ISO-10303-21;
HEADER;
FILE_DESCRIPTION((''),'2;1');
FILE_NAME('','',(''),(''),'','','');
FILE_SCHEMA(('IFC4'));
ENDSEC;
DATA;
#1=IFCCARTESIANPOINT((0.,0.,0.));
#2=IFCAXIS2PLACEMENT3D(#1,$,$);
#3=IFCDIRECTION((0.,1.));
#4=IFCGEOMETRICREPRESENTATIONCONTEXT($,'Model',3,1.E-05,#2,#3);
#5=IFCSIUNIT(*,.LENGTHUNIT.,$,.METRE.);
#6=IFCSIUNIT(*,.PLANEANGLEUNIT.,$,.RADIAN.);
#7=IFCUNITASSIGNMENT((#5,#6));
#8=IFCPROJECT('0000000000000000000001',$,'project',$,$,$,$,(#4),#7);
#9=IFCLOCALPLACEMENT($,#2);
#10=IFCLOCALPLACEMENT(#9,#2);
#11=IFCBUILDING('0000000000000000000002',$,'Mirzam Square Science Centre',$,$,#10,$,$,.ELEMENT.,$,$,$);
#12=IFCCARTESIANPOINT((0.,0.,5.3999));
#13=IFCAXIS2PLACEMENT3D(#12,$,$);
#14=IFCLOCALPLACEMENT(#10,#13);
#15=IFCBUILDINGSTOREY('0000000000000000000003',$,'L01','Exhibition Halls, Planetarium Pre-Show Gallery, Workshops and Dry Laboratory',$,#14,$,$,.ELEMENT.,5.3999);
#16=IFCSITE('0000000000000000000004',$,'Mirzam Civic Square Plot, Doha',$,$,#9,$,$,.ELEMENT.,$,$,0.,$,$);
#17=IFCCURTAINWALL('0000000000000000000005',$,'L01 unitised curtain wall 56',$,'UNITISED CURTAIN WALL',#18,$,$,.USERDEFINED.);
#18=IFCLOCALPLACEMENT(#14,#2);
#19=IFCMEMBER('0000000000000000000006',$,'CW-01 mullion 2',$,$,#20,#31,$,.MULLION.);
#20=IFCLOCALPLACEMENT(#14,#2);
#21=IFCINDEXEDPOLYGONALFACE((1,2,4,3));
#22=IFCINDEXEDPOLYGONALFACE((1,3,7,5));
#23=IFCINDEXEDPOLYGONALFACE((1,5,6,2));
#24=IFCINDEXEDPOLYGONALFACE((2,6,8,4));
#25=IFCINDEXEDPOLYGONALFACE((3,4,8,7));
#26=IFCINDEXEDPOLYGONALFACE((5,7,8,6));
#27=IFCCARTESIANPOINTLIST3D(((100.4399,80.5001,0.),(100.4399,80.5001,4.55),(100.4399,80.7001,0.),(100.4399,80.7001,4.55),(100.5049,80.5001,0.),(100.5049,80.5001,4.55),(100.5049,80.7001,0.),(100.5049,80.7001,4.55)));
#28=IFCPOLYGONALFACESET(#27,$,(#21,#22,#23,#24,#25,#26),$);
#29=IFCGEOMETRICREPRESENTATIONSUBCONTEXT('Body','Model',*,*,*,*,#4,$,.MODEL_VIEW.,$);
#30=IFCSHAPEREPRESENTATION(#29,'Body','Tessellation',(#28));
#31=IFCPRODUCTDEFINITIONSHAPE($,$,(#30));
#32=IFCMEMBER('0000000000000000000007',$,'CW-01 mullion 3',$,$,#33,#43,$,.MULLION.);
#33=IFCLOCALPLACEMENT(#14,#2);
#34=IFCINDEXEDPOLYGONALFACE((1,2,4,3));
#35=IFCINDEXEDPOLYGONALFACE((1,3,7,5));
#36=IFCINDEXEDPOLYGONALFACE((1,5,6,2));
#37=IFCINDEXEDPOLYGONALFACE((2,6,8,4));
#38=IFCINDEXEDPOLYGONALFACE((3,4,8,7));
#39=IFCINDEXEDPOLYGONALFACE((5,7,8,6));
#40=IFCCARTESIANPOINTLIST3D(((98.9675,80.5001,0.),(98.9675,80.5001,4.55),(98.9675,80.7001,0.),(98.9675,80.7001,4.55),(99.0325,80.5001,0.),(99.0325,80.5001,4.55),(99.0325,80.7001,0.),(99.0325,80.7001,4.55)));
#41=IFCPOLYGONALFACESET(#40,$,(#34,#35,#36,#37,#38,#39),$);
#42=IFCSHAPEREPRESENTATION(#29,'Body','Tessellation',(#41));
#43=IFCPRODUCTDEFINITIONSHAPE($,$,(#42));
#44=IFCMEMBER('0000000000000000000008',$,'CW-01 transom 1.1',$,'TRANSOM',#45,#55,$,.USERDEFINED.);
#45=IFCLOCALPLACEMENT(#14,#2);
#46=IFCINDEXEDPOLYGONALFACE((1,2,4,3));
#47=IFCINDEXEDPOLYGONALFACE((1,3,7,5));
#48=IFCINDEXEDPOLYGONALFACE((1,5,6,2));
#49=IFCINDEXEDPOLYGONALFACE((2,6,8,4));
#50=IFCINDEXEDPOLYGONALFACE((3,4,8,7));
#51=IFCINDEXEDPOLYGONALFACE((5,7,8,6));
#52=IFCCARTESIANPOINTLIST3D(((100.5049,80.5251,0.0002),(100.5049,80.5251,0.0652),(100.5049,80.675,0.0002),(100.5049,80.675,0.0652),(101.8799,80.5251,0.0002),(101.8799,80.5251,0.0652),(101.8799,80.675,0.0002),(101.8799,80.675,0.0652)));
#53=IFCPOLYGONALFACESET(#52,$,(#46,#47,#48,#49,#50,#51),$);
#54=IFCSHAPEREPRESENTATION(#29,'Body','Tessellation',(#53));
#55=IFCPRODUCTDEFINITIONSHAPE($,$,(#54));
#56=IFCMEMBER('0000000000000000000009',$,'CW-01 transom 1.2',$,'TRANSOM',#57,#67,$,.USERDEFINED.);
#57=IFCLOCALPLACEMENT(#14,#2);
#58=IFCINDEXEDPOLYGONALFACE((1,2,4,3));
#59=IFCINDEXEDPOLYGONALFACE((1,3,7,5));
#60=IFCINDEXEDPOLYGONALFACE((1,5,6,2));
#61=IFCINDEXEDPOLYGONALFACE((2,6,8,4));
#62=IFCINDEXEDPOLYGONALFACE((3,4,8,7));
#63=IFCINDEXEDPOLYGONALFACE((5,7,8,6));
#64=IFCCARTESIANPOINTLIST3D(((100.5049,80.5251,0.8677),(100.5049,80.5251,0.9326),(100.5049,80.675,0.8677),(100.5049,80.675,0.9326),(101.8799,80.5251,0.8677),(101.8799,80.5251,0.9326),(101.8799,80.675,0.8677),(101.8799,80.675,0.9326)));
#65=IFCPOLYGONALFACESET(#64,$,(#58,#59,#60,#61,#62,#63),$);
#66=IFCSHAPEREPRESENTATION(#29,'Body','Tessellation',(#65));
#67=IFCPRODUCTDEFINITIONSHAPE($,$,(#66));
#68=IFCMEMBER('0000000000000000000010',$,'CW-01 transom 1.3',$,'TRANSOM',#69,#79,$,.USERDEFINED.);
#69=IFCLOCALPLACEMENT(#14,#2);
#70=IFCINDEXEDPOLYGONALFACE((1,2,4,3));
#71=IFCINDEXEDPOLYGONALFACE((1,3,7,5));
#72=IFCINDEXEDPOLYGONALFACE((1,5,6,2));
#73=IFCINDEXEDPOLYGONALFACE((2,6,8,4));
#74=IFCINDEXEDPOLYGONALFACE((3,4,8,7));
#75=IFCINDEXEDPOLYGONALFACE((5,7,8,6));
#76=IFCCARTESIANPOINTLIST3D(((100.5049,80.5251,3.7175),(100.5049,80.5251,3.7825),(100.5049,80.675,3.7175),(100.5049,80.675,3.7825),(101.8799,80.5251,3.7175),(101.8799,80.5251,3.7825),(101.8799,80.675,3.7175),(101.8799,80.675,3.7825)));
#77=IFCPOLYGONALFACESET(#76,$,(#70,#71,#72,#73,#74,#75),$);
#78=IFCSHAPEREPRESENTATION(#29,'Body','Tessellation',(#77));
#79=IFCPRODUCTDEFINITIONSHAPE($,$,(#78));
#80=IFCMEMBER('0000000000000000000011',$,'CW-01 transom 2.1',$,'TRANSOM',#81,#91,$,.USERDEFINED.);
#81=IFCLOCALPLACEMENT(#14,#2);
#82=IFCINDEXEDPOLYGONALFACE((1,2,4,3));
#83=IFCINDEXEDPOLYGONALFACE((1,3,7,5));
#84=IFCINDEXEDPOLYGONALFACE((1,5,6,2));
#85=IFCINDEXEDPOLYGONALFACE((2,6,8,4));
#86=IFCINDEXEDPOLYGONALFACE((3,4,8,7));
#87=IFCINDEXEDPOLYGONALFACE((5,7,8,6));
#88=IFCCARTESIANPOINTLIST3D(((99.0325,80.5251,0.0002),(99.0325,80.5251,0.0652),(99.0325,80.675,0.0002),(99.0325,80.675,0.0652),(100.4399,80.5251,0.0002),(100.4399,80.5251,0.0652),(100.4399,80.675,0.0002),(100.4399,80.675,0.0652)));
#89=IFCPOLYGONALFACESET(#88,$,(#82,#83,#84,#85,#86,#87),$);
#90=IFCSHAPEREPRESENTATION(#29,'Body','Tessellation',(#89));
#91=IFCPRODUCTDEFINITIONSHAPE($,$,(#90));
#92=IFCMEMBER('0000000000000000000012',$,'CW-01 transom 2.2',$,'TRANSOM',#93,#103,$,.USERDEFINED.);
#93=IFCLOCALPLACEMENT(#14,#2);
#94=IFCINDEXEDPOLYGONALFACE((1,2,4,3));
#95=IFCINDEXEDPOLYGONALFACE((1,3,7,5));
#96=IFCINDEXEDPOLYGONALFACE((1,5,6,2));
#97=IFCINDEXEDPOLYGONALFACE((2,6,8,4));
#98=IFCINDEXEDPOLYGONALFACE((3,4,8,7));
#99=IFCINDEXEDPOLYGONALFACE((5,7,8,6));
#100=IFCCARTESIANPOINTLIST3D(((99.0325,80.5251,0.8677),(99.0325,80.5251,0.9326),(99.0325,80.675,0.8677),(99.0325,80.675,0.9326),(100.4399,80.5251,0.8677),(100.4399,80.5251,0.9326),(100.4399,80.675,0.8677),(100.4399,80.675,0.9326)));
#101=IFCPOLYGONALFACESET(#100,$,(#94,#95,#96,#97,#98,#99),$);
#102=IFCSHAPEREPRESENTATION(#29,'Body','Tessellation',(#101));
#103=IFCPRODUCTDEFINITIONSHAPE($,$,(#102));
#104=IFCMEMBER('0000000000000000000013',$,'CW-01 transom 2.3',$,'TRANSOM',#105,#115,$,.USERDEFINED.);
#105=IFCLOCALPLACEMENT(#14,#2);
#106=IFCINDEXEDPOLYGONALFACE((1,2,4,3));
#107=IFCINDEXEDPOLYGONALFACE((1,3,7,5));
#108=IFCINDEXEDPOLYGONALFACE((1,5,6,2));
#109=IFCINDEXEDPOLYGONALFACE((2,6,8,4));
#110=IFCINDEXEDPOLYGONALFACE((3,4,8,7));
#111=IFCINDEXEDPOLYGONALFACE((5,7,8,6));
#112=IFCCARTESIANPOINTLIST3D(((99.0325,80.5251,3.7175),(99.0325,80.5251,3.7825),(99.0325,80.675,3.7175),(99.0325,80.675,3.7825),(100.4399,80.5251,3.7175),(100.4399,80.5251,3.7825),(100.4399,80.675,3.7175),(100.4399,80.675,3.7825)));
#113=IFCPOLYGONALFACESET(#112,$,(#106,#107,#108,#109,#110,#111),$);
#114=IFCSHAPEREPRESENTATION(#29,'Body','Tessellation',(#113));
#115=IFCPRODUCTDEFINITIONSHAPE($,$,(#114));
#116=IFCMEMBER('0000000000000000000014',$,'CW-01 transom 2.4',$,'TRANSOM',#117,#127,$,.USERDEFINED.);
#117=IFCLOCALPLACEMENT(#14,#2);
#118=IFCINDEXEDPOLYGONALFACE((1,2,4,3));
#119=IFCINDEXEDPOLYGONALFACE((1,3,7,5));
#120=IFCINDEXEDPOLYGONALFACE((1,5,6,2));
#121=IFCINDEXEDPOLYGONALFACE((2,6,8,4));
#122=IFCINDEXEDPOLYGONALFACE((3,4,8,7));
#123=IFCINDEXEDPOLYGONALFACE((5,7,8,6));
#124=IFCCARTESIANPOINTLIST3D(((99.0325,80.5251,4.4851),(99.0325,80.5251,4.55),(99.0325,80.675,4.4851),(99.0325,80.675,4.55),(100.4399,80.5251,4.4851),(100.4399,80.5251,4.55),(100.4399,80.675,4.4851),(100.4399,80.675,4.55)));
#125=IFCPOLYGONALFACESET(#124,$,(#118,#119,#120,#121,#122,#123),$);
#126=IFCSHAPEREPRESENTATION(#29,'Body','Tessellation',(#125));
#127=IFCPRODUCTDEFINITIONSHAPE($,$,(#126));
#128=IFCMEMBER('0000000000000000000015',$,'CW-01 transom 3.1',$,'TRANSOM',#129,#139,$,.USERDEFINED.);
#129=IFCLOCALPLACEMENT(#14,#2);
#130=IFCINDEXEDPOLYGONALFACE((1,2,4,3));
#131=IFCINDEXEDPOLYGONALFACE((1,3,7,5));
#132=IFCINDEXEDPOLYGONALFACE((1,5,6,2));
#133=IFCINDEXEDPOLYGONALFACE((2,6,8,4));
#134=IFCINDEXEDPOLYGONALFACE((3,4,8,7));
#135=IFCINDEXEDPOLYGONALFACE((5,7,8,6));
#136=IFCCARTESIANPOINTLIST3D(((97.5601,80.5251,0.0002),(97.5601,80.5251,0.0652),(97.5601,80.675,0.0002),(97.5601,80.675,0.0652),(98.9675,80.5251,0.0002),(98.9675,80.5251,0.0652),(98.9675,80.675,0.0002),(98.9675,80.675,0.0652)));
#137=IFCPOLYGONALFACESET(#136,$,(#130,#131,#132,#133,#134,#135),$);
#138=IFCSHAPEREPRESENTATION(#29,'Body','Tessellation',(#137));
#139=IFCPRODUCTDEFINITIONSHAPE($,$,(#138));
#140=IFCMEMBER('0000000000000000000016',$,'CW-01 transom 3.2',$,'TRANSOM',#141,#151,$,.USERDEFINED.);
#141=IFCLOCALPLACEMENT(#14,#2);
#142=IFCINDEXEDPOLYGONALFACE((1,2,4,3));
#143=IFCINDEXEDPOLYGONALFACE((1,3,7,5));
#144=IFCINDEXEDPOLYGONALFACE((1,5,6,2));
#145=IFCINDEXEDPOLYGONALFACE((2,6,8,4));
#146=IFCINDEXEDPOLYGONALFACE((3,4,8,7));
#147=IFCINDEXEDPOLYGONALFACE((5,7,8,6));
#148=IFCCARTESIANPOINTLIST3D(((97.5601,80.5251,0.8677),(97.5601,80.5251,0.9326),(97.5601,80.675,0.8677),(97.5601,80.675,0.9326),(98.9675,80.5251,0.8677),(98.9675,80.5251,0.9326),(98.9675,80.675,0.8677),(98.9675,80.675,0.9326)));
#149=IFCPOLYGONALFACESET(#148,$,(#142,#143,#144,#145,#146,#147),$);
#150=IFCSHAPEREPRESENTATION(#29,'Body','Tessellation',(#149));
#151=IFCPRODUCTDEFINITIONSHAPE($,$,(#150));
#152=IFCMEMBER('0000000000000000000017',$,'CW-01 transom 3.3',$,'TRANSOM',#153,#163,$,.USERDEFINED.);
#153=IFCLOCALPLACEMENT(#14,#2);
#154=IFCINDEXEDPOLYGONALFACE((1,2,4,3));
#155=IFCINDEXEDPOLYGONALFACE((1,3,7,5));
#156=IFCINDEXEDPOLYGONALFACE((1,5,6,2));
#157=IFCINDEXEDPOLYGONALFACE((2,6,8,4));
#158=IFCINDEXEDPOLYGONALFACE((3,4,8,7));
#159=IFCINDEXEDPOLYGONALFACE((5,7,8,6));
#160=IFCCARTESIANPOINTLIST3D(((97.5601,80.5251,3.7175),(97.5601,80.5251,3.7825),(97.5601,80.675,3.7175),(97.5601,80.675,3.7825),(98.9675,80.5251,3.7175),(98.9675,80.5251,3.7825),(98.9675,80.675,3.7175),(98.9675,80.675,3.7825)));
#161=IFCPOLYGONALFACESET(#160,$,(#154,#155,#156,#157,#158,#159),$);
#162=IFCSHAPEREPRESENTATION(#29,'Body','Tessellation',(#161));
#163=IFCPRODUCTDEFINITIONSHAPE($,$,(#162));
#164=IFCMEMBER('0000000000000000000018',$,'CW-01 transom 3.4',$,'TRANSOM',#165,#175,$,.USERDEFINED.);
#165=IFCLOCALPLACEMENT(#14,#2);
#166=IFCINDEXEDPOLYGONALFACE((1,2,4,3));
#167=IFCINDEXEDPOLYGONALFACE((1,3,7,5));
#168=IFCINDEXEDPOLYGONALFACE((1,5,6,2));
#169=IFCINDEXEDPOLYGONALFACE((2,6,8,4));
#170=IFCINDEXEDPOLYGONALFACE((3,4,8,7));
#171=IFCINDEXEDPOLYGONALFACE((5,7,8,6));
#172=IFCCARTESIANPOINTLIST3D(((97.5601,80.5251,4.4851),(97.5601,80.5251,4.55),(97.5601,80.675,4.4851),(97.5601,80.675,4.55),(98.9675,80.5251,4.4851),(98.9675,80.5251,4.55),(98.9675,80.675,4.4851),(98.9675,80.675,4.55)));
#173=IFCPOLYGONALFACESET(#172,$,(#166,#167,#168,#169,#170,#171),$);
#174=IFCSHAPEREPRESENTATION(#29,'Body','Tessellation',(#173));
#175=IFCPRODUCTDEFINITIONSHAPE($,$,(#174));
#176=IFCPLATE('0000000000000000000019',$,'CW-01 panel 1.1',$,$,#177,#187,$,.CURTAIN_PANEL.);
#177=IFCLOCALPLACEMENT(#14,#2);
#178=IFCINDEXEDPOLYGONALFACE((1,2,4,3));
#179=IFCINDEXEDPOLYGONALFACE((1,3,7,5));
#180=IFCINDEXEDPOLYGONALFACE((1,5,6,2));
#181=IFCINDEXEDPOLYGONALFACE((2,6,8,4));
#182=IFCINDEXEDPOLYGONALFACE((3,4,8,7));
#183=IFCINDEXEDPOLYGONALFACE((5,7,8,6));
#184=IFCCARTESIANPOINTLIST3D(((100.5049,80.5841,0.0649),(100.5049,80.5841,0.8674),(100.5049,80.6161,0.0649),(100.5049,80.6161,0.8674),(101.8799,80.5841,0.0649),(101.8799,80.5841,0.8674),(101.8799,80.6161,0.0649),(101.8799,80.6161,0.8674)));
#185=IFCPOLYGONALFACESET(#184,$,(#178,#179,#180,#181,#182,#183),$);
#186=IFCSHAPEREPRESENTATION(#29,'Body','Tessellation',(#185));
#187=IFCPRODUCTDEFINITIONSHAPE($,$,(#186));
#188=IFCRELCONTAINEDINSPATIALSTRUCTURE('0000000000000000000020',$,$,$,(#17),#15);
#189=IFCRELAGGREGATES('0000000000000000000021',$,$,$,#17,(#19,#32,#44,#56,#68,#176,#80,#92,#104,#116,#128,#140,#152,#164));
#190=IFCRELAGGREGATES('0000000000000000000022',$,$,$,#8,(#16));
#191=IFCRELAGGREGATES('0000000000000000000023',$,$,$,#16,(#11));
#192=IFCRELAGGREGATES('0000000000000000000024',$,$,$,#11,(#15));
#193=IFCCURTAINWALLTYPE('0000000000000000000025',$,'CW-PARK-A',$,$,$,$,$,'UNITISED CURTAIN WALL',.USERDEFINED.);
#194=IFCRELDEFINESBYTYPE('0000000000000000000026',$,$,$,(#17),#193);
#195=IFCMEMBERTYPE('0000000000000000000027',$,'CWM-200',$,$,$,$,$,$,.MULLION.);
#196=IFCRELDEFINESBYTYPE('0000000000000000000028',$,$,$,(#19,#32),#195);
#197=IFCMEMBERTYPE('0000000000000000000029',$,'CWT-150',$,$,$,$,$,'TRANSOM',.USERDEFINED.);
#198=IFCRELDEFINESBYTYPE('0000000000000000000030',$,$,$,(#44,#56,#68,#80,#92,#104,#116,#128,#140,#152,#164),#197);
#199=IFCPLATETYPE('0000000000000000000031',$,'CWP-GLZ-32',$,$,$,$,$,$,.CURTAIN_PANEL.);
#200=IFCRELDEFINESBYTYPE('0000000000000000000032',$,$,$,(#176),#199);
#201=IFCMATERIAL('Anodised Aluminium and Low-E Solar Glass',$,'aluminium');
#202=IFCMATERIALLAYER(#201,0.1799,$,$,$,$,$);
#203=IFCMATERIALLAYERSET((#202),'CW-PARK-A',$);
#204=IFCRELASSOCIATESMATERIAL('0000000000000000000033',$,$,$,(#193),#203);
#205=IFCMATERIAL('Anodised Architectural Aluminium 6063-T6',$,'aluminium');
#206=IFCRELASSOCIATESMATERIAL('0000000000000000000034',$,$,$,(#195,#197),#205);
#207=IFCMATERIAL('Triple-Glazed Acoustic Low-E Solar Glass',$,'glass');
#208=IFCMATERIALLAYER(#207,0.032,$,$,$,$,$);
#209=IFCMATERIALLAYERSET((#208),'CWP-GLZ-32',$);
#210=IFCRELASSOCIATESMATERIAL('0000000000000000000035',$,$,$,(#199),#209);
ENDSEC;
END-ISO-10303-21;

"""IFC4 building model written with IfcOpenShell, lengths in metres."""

from ifc_helpers import new_model, si_unit, direction, frame, origin, origin_2d, place, context, subcontext, project, spatial, rectangle, extrude, material, layer, layer_set, material_profile, profile_set, type_object, element, aggregate, save


model = new_model("IFC4")

# Units and contexts
model_context = context("Model", 3, precision=1e-05, world=origin(), true_north=direction((0.0, 1.0)))
body_context = subcontext(model_context, "Body", "Model", "MODEL_VIEW")
ifc_project = project(units=[si_unit("LENGTHUNIT", "METRE"), si_unit("PLANEANGLEUNIT", "RADIAN")], contexts=[model_context])

# Site, building, storey
site_placement = place(None, origin())
site = spatial("IfcSite", under=ifc_project, at=site_placement, Name="Mirzam Civic Square Plot, Doha", CompositionType="ELEMENT", RefElevation=0.0)
building_placement = place(site_placement, origin())
building = spatial("IfcBuilding", under=site, at=building_placement, Name="Mirzam Square Science Centre", CompositionType="ELEMENT")
storey_placement = place(building_placement, frame((0.0, 0.0, 5.3999)))
storey = spatial("IfcBuildingStorey", under=building, at=storey_placement, Name="L01", Description="Exhibition Halls, Planetarium Pre-Show Gallery, Workshops and Dry Laboratory", CompositionType="ELEMENT", Elevation=5.3999)

# Curtain wall, members, plate
ifc_material_1 = material(Name="Anodised Aluminium and Low-E Solar Glass", Category="aluminium")
ifc_layer_1 = layer(ifc_material_1, 0.1799)
ifc_layer_set_1 = layer_set([ifc_layer_1], Name="CW-PARK-A")
curtain_wall_type = type_object("IfcCurtainWallType", Name="CW-PARK-A", ElementType="UNITISED CURTAIN WALL", PredefinedType="USERDEFINED", material=ifc_layer_set_1)
curtain_wall_placement = place(storey_placement, origin())
curtain_wall = element("IfcCurtainWall", 1, at=curtain_wall_placement, inside=storey, type_object=curtain_wall_type, Name="L01 unitised curtain wall 56", ObjectType="UNITISED CURTAIN WALL", PredefinedType="USERDEFINED")
ifc_material_2 = material(Name="Anodised Architectural Aluminium 6063-T6", Category="aluminium")
ifc_material_profile_1 = material_profile(ifc_material_2, rectangle(XDim=0.0649, YDim=0.2, at=origin_2d()), Name="ALU-MULL-200x65x5")
ifc_profile_set_1 = profile_set([ifc_material_profile_1], Name="Anodised Architectural Aluminium 6063-T6")
member_type_1 = type_object("IfcMemberType", Name="CWM-200", PredefinedType="MULLION", material=ifc_profile_set_1)
member_1_placement = place(storey_placement, frame((100.4724, 80.6001, 0.0), z_axis=(0.0, 0.0, 1.0), x_axis=(-1.0, 0.0, 0.0)))
member_1 = element("IfcMember", 2, at=member_1_placement, type_object=member_type_1, Name="CW-01 mullion 2", PredefinedType="MULLION", context=body_context, shape_type="SweptSolid", body=[
    extrude(rectangle(XDim=0.0649, YDim=0.2, at=origin_2d()), origin(), (0.0, 0.0, 1.0), 4.55),
])
member_2_placement = place(storey_placement, frame((99.0, 80.6001, 0.0), z_axis=(0.0, 0.0, 1.0), x_axis=(-1.0, 0.0, 0.0)))
member_2 = element("IfcMember", 3, at=member_2_placement, type_object=member_type_1, Name="CW-01 mullion 3", PredefinedType="MULLION", context=body_context, shape_type="SweptSolid", body=[
    extrude(rectangle(XDim=0.0649, YDim=0.2, at=origin_2d()), origin(), (0.0, 0.0, 1.0), 4.55),
])
ifc_material_profile_2 = material_profile(ifc_material_2, rectangle(XDim=0.1499, YDim=0.0649, at=origin_2d()), Name="ALU-TRAN-150x65x4")
ifc_profile_set_2 = profile_set([ifc_material_profile_2], Name="Anodised Architectural Aluminium 6063-T6")
member_type_2 = type_object("IfcMemberType", Name="CWT-150", ElementType="TRANSOM", PredefinedType="USERDEFINED", material=ifc_profile_set_2)
member_3_placement = place(storey_placement, frame((101.8799, 80.6001, 0.0327), z_axis=(-1.0, 0.0, 0.0), x_axis=(0.0, -1.0, 0.0)))
member_3 = element("IfcMember", 4, at=member_3_placement, type_object=member_type_2, Name="CW-01 transom 1.1", ObjectType="TRANSOM", PredefinedType="USERDEFINED", context=body_context, shape_type="SweptSolid", body=[
    extrude(rectangle(XDim=0.1499, YDim=0.0649, at=origin_2d()), origin(), (0.0, 0.0, 1.0), 1.375),
])
member_4_placement = place(storey_placement, frame((101.8799, 80.6001, 0.9001), z_axis=(-1.0, 0.0, 0.0), x_axis=(0.0, -1.0, 0.0)))
member_4 = element("IfcMember", 5, at=member_4_placement, type_object=member_type_2, Name="CW-01 transom 1.2", ObjectType="TRANSOM", PredefinedType="USERDEFINED", context=body_context, shape_type="SweptSolid", body=[
    extrude(rectangle(XDim=0.1499, YDim=0.0649, at=origin_2d()), origin(), (0.0, 0.0, 1.0), 1.375),
])
member_5_placement = place(storey_placement, frame((101.8799, 80.6001, 3.75), z_axis=(-1.0, 0.0, 0.0), x_axis=(0.0, -1.0, 0.0)))
member_5 = element("IfcMember", 6, at=member_5_placement, type_object=member_type_2, Name="CW-01 transom 1.3", ObjectType="TRANSOM", PredefinedType="USERDEFINED", context=body_context, shape_type="SweptSolid", body=[
    extrude(rectangle(XDim=0.1499, YDim=0.0649, at=origin_2d()), origin(), (0.0, 0.0, 1.0), 1.375),
])
member_6_placement = place(storey_placement, frame((100.4399, 80.6001, 0.0327), z_axis=(-1.0, 0.0, 0.0), x_axis=(0.0, -1.0, 0.0)))
member_6 = element("IfcMember", 7, at=member_6_placement, type_object=member_type_2, Name="CW-01 transom 2.1", ObjectType="TRANSOM", PredefinedType="USERDEFINED", context=body_context, shape_type="SweptSolid", body=[
    extrude(rectangle(XDim=0.1499, YDim=0.0649, at=origin_2d()), origin(), (0.0, 0.0, 1.0), 1.4075),
])
member_7_placement = place(storey_placement, frame((100.4399, 80.6001, 0.9001), z_axis=(-1.0, 0.0, 0.0), x_axis=(0.0, -1.0, 0.0)))
member_7 = element("IfcMember", 8, at=member_7_placement, type_object=member_type_2, Name="CW-01 transom 2.2", ObjectType="TRANSOM", PredefinedType="USERDEFINED", context=body_context, shape_type="SweptSolid", body=[
    extrude(rectangle(XDim=0.1499, YDim=0.0649, at=origin_2d()), origin(), (0.0, 0.0, 1.0), 1.4075),
])
member_8_placement = place(storey_placement, frame((100.4399, 80.6001, 3.75), z_axis=(-1.0, 0.0, 0.0), x_axis=(0.0, -1.0, 0.0)))
member_8 = element("IfcMember", 9, at=member_8_placement, type_object=member_type_2, Name="CW-01 transom 2.3", ObjectType="TRANSOM", PredefinedType="USERDEFINED", context=body_context, shape_type="SweptSolid", body=[
    extrude(rectangle(XDim=0.1499, YDim=0.0649, at=origin_2d()), origin(), (0.0, 0.0, 1.0), 1.4075),
])
member_9_placement = place(storey_placement, frame((100.4399, 80.6001, 4.5176), z_axis=(-1.0, 0.0, 0.0), x_axis=(0.0, -1.0, 0.0)))
member_9 = element("IfcMember", 10, at=member_9_placement, type_object=member_type_2, Name="CW-01 transom 2.4", ObjectType="TRANSOM", PredefinedType="USERDEFINED", context=body_context, shape_type="SweptSolid", body=[
    extrude(rectangle(XDim=0.1499, YDim=0.0649, at=origin_2d()), origin(), (0.0, 0.0, 1.0), 1.4075),
])
member_10_placement = place(storey_placement, frame((98.9675, 80.6001, 0.0327), z_axis=(-1.0, 0.0, 0.0), x_axis=(0.0, -1.0, 0.0)))
member_10 = element("IfcMember", 11, at=member_10_placement, type_object=member_type_2, Name="CW-01 transom 3.1", ObjectType="TRANSOM", PredefinedType="USERDEFINED", context=body_context, shape_type="SweptSolid", body=[
    extrude(rectangle(XDim=0.1499, YDim=0.0649, at=origin_2d()), origin(), (0.0, 0.0, 1.0), 1.4075),
])
member_11_placement = place(storey_placement, frame((98.9675, 80.6001, 0.9001), z_axis=(-1.0, 0.0, 0.0), x_axis=(0.0, -1.0, 0.0)))
member_11 = element("IfcMember", 12, at=member_11_placement, type_object=member_type_2, Name="CW-01 transom 3.2", ObjectType="TRANSOM", PredefinedType="USERDEFINED", context=body_context, shape_type="SweptSolid", body=[
    extrude(rectangle(XDim=0.1499, YDim=0.0649, at=origin_2d()), origin(), (0.0, 0.0, 1.0), 1.4075),
])
member_12_placement = place(storey_placement, frame((98.9675, 80.6001, 3.75), z_axis=(-1.0, 0.0, 0.0), x_axis=(0.0, -1.0, 0.0)))
member_12 = element("IfcMember", 13, at=member_12_placement, type_object=member_type_2, Name="CW-01 transom 3.3", ObjectType="TRANSOM", PredefinedType="USERDEFINED", context=body_context, shape_type="SweptSolid", body=[
    extrude(rectangle(XDim=0.1499, YDim=0.0649, at=origin_2d()), origin(), (0.0, 0.0, 1.0), 1.4075),
])
member_13_placement = place(storey_placement, frame((98.9675, 80.6001, 4.5176), z_axis=(-1.0, 0.0, 0.0), x_axis=(0.0, -1.0, 0.0)))
member_13 = element("IfcMember", 14, at=member_13_placement, type_object=member_type_2, Name="CW-01 transom 3.4", ObjectType="TRANSOM", PredefinedType="USERDEFINED", context=body_context, shape_type="SweptSolid", body=[
    extrude(rectangle(XDim=0.1499, YDim=0.0649, at=origin_2d()), origin(), (0.0, 0.0, 1.0), 1.4075),
])
ifc_material_3 = material(Name="Triple-Glazed Acoustic Low-E Solar Glass", Category="glass")
ifc_layer_2 = layer(ifc_material_3, 0.032)
ifc_layer_set_2 = layer_set([ifc_layer_2], Name="CWP-GLZ-32")
plate_type = type_object("IfcPlateType", Name="CWP-GLZ-32", PredefinedType="CURTAIN_PANEL", material=ifc_layer_set_2)
plate_1_placement = place(storey_placement, frame((101.1924, 80.6001, 0.0649), z_axis=(0.0, 0.0, 1.0), x_axis=(-1.0, 0.0, 0.0)))
plate_1 = element("IfcPlate", 15, at=plate_1_placement, type_object=plate_type, Name="CW-01 panel 1.1", PredefinedType="CURTAIN_PANEL", context=body_context, shape_type="SweptSolid", body=[
    extrude(rectangle(XDim=1.375, YDim=0.032, at=origin_2d()), origin(), (0.0, 0.0, 1.0), 0.8025),
])
aggregate(curtain_wall, [member_1, member_2, member_3, member_4, member_5, plate_1, member_6, member_7, member_8, member_9, member_10, member_11, member_12, member_13])

save(model, "model.ifc")
